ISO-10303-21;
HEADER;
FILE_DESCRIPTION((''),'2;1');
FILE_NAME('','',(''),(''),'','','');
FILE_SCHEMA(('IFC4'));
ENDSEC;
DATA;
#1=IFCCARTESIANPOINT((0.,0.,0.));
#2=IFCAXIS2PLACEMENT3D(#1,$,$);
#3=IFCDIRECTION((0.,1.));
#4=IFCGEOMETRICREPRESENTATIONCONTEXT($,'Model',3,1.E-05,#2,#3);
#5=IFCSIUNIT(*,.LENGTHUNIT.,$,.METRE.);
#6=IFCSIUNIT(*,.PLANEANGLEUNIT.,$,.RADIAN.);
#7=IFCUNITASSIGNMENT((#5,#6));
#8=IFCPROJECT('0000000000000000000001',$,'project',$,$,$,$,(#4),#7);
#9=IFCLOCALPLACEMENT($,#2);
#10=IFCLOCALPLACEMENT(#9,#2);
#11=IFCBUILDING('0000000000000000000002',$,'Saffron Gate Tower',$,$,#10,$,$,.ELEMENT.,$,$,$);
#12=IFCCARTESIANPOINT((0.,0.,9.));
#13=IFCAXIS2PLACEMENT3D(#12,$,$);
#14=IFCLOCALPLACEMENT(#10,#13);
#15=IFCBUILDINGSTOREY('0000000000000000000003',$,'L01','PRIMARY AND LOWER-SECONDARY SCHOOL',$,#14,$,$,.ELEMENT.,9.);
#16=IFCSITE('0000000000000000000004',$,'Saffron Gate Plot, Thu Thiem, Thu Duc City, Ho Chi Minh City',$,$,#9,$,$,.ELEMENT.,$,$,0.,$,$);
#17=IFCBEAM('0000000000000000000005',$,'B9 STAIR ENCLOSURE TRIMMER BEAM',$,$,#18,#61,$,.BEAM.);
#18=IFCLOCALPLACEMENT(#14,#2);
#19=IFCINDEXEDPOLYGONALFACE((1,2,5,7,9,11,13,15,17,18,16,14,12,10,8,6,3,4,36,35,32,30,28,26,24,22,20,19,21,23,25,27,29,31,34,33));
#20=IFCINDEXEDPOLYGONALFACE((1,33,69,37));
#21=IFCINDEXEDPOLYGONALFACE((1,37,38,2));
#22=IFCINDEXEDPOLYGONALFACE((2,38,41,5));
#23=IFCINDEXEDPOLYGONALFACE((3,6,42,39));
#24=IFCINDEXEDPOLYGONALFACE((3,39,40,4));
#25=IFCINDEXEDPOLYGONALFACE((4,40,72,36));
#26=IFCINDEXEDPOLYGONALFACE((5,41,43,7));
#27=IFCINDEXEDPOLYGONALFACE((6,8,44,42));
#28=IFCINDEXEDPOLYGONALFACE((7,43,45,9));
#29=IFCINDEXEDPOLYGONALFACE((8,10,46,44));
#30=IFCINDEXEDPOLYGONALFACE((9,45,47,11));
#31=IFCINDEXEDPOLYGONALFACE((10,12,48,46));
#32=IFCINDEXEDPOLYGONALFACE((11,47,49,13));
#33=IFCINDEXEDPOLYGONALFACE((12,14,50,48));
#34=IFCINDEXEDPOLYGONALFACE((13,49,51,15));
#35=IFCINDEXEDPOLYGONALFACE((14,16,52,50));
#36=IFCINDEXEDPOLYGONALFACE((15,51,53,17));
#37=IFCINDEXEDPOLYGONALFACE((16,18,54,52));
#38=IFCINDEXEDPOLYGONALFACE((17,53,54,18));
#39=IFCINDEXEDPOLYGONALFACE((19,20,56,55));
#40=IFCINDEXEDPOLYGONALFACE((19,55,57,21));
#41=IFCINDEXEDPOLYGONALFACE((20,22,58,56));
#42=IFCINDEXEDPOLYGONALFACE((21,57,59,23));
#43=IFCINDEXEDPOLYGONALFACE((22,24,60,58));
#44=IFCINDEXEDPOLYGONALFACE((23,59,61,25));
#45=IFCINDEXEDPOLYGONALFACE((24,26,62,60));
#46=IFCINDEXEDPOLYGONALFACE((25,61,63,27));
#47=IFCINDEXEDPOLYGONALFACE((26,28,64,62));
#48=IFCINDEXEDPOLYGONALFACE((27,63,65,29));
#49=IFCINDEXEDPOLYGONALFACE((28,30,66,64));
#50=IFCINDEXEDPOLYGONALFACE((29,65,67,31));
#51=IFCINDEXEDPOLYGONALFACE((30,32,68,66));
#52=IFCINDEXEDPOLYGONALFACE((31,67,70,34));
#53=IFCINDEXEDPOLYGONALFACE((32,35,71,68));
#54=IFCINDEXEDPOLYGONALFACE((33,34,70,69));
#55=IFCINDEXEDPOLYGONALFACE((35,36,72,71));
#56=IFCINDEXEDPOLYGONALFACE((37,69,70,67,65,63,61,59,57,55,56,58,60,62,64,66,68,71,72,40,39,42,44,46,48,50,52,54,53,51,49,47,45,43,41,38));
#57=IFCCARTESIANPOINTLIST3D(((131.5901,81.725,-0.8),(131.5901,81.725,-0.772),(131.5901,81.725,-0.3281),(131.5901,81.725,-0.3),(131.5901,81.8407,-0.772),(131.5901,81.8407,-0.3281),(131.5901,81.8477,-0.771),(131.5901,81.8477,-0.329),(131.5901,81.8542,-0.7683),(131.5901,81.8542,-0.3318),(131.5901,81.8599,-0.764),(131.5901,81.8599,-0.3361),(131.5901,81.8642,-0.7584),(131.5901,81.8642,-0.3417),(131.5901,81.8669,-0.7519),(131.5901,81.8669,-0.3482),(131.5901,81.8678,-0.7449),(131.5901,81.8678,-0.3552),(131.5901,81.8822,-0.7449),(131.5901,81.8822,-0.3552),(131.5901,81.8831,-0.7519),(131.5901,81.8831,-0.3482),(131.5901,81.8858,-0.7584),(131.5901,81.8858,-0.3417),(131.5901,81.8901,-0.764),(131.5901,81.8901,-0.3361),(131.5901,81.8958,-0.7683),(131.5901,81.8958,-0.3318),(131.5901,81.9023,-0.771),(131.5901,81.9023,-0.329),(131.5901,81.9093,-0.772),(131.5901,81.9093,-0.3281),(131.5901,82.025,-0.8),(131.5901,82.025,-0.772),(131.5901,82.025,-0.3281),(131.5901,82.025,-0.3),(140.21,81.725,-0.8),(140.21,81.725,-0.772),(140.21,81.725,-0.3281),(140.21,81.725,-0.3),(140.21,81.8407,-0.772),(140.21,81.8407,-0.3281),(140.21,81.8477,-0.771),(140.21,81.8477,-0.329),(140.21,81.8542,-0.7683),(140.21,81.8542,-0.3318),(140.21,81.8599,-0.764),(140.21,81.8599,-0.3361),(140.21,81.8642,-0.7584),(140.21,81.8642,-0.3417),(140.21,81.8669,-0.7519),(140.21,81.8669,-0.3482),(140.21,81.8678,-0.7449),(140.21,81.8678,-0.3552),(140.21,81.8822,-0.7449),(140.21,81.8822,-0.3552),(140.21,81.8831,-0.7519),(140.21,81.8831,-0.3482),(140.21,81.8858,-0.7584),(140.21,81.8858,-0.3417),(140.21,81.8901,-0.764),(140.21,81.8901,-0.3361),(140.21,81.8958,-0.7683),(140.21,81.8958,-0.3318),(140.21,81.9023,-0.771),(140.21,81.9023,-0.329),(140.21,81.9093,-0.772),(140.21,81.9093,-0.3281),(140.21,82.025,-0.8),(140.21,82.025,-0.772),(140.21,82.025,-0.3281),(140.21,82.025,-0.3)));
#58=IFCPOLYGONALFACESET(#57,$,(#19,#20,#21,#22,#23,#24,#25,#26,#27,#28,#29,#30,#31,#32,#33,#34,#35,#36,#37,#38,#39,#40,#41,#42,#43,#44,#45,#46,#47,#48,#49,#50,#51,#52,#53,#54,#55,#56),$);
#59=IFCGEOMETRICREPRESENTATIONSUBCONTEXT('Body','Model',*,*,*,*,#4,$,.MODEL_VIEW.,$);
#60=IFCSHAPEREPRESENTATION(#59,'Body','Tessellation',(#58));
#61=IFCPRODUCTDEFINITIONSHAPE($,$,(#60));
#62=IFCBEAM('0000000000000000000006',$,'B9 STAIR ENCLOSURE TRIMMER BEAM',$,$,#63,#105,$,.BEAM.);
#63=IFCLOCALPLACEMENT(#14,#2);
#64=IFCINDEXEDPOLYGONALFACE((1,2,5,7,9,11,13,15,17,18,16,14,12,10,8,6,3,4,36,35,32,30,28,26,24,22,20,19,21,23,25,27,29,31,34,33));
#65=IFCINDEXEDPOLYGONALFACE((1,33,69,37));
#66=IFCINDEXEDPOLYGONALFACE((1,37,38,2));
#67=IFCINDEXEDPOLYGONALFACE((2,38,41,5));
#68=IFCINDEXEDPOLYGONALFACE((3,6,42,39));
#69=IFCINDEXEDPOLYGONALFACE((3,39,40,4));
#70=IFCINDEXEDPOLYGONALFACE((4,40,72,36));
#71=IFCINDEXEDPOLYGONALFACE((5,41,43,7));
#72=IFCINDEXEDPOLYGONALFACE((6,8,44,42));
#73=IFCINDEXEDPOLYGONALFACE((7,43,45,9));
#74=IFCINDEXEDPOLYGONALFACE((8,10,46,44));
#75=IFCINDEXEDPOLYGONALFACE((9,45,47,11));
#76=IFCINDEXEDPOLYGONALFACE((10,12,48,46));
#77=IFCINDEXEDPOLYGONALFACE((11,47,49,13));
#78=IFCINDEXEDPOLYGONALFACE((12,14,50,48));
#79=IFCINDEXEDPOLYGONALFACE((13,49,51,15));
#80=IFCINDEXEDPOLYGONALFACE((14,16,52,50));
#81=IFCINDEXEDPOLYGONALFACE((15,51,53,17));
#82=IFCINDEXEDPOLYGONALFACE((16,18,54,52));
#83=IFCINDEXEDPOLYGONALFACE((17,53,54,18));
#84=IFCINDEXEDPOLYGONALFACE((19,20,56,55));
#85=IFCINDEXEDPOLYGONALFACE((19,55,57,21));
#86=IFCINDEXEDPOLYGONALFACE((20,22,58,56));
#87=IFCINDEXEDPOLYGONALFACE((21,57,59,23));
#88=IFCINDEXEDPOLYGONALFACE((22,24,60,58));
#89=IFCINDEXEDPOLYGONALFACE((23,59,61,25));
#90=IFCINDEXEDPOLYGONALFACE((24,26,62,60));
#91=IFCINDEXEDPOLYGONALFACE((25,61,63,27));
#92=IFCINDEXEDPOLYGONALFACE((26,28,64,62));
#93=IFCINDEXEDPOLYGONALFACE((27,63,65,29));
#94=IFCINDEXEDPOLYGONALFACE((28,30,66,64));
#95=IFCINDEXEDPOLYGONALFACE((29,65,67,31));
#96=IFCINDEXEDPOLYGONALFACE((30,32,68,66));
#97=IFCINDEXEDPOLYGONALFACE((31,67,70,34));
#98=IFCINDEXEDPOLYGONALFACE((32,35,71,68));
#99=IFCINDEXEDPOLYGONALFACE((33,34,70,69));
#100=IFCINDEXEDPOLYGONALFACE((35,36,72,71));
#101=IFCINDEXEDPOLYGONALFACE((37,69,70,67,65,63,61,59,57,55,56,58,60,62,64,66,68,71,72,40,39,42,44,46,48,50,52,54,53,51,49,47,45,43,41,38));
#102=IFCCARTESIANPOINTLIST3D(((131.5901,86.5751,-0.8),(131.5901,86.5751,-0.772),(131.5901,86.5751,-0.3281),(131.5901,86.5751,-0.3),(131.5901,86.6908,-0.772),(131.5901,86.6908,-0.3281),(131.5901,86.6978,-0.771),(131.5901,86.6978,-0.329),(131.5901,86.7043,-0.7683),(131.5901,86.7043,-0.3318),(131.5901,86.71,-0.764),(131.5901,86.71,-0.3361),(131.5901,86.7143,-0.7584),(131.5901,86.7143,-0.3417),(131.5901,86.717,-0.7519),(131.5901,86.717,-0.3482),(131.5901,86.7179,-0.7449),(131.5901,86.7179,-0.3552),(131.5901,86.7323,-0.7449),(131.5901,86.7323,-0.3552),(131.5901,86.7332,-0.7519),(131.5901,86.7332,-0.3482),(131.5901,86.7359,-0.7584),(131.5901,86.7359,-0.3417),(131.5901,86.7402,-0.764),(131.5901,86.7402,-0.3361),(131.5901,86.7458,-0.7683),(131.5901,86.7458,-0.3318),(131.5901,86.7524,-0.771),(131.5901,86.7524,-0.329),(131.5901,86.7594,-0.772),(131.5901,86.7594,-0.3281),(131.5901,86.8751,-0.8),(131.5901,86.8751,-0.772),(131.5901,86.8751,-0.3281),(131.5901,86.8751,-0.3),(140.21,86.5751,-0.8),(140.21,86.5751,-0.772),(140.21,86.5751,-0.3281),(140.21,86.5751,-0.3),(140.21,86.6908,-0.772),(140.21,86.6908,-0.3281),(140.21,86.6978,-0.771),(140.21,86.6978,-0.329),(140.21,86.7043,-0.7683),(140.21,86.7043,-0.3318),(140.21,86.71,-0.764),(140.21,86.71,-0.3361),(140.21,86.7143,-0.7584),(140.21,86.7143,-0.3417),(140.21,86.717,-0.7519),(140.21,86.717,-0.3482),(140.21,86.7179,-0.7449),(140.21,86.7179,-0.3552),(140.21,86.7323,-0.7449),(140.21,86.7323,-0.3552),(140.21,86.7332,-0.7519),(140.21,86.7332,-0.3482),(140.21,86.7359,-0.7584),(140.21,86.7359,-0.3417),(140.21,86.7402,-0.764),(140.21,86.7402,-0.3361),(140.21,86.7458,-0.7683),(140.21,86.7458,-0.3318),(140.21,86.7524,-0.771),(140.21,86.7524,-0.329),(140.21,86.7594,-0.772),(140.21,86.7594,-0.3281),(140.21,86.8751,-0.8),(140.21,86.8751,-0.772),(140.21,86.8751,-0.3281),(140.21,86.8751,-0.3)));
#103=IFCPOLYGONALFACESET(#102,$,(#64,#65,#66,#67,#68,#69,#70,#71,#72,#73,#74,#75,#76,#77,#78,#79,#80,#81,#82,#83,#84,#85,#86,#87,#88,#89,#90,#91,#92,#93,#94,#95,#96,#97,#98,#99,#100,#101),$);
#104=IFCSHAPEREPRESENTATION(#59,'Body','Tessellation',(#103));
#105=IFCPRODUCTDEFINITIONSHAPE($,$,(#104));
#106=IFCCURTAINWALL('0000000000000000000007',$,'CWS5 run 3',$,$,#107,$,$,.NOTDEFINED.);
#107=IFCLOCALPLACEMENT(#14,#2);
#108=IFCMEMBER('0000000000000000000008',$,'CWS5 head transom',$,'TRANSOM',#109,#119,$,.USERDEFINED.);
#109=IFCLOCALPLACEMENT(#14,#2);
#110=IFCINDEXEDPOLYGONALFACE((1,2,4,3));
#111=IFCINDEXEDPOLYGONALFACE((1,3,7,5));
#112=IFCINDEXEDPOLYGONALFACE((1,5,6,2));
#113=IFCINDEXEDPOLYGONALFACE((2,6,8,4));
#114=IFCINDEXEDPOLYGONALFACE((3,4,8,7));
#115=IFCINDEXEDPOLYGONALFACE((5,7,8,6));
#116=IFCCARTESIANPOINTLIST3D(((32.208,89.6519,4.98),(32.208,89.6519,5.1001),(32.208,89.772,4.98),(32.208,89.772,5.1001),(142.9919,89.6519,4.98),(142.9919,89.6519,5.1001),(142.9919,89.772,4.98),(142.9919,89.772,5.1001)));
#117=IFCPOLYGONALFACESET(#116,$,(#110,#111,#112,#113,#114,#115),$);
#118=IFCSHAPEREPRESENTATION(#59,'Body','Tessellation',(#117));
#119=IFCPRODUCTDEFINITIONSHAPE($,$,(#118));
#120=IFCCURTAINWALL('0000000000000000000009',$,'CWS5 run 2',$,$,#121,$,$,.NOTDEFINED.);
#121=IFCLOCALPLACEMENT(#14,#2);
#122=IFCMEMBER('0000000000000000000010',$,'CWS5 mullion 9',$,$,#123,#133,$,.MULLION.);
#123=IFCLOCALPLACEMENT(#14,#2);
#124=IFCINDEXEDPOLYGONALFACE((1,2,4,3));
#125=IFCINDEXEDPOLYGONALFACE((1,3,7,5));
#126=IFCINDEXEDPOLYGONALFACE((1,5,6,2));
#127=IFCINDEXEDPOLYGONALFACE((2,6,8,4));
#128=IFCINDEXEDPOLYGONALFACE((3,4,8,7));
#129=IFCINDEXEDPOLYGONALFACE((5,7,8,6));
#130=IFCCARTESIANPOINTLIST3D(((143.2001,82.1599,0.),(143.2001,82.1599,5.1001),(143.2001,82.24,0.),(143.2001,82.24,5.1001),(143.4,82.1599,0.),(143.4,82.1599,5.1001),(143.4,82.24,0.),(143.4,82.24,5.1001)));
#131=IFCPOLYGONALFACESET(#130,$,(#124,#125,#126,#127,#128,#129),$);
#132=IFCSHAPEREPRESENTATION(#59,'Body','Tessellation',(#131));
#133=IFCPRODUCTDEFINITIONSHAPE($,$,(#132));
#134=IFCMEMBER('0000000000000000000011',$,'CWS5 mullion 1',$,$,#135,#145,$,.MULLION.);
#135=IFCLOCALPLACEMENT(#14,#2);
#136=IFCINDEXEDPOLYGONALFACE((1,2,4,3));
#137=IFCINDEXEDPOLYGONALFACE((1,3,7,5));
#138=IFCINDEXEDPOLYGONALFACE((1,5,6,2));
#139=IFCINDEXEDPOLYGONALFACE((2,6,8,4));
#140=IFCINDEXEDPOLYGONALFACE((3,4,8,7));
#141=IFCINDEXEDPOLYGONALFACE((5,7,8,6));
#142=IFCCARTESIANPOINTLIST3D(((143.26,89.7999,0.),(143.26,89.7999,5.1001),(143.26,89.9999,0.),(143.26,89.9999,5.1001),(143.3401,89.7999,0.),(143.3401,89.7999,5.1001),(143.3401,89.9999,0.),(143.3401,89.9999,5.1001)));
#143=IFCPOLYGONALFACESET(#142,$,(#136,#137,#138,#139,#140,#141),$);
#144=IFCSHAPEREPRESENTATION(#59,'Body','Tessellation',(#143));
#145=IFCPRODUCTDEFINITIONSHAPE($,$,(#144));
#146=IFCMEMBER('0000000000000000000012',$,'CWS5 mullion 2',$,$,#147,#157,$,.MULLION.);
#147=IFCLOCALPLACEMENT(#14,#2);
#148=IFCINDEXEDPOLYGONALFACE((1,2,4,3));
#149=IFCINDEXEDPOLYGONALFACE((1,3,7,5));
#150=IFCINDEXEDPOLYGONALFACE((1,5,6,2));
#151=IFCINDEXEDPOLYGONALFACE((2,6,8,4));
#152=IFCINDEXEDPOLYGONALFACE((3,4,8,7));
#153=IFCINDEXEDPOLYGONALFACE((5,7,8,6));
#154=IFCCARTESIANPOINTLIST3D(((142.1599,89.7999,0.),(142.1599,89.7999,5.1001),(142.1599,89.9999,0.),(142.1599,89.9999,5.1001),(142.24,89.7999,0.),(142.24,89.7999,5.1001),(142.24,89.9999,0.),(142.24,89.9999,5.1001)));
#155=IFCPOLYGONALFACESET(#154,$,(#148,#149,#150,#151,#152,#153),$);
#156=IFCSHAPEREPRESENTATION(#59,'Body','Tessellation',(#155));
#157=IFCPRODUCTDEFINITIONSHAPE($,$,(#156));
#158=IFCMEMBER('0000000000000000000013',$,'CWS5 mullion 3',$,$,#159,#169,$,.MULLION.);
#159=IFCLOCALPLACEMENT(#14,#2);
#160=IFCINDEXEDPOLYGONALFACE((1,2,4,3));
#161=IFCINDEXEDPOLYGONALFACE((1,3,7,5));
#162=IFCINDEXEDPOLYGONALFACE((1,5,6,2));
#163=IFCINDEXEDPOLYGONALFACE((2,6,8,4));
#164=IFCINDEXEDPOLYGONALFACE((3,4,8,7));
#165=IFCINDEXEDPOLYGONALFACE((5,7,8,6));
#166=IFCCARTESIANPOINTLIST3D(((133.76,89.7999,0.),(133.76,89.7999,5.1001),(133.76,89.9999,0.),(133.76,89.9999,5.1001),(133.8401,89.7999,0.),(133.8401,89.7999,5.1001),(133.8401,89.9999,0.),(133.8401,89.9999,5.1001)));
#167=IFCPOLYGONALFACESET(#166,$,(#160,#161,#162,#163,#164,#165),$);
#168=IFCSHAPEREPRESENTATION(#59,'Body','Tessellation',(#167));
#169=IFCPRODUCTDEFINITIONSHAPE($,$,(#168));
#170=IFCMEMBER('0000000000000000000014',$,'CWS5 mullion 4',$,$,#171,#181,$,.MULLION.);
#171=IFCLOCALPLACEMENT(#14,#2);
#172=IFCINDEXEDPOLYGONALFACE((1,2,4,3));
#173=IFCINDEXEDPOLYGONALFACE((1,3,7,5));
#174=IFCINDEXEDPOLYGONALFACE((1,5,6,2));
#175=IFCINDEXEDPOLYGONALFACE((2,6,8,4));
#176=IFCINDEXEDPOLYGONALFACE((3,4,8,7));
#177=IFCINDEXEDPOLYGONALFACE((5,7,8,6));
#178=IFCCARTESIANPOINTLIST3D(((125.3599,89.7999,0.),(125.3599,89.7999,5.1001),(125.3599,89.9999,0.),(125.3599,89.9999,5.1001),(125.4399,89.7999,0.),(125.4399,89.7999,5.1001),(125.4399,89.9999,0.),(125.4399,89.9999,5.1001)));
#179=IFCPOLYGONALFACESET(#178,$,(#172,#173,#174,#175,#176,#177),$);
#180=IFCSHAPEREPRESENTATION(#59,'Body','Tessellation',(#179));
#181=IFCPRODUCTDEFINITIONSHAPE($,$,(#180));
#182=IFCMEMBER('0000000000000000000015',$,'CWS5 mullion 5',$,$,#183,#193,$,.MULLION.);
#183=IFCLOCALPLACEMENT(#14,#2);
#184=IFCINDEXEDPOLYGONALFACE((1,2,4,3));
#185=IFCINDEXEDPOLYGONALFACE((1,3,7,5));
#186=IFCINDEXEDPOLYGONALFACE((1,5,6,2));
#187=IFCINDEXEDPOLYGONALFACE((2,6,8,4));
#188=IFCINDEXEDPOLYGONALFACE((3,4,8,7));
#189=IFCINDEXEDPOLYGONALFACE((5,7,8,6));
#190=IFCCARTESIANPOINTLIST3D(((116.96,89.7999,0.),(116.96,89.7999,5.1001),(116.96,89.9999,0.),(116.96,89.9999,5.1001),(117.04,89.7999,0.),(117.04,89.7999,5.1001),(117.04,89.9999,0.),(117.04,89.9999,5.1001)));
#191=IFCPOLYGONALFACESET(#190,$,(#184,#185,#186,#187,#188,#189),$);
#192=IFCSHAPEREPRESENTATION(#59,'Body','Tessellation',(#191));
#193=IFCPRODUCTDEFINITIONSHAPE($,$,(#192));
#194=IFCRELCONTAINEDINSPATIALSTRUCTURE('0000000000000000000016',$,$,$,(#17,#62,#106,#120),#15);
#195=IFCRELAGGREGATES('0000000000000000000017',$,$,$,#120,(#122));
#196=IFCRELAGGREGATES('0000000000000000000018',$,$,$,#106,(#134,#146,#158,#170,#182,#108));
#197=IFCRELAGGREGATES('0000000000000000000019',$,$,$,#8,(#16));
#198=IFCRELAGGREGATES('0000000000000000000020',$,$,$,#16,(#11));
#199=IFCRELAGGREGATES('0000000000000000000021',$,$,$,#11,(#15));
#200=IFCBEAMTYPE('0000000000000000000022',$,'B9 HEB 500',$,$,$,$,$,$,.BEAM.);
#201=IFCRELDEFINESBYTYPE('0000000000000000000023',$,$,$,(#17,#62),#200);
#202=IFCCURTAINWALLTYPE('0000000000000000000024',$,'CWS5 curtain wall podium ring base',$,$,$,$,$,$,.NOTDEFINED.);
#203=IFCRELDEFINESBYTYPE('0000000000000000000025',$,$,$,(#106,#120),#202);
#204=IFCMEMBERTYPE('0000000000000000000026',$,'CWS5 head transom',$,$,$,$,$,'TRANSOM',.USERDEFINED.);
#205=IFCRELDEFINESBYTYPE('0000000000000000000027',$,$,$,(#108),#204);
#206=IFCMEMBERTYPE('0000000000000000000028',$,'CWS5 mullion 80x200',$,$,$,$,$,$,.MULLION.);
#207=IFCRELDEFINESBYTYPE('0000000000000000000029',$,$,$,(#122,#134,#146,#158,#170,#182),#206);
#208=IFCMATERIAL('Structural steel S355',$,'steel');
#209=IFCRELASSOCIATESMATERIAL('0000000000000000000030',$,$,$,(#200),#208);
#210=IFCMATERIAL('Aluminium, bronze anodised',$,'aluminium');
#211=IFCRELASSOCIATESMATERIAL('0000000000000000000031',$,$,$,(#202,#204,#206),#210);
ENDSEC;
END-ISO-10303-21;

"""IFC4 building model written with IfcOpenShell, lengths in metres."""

from ifc_helpers import new_model, si_unit, direction, frame, origin, origin_2d, place, context, subcontext, project, spatial, rectangle, i_section, extrude, material, material_profile, profile_set, type_object, element, aggregate, save


model = new_model("IFC4")

# Units and contexts
model_context = context("Model", 3, precision=1e-05, world=origin(), true_north=direction((0.0, 1.0)))
body_context = subcontext(model_context, "Body", "Model", "MODEL_VIEW")
ifc_project = project(units=[si_unit("LENGTHUNIT", "METRE"), si_unit("PLANEANGLEUNIT", "RADIAN")], contexts=[model_context])

# Site, building, storey
site_placement = place(None, origin())
site = spatial("IfcSite", under=ifc_project, at=site_placement, Name="Saffron Gate Plot, Thu Thiem, Thu Duc City, Ho Chi Minh City", CompositionType="ELEMENT", RefElevation=0.0)
building_placement = place(site_placement, origin())
building = spatial("IfcBuilding", under=site, at=building_placement, Name="Saffron Gate Tower", CompositionType="ELEMENT")
storey_placement = place(building_placement, frame((0.0, 0.0, 9.0)))
storey = spatial("IfcBuildingStorey", under=building, at=storey_placement, Name="L01", Description="PRIMARY AND LOWER-SECONDARY SCHOOL", CompositionType="ELEMENT", Elevation=9.0)

# Beams
ifc_material_1 = material(Name="Structural steel S355", Category="steel")
ifc_material_profile_1 = material_profile(ifc_material_1, i_section(OverallWidth=0.3, OverallDepth=0.5, WebThickness=0.0144, FlangeThickness=0.0281, FilletRadius=0.0271, at=origin_2d()))
ifc_profile_set_1 = profile_set([ifc_material_profile_1], Name="Structural steel S355")
beam_type_1 = type_object("IfcBeamType", Name="B9 HEB 500", PredefinedType="BEAM", material=ifc_profile_set_1)
for number, where, z_axis, x_axis, name in (
    (1, (131.5901, 81.875, -0.55), (1.0, 0.0, 0.0), (0.0, 1.0, 0.0), "B9 STAIR ENCLOSURE TRIMMER BEAM"),
    (2, (131.5901, 86.7251, -0.55), (1.0, 0.0, 0.0), (0.0, 1.0, 0.0), "B9 STAIR ENCLOSURE TRIMMER BEAM"),
):
    element("IfcBeam", number, at=place(storey_placement, frame(where, z_axis=z_axis, x_axis=x_axis)), inside=storey, type_object=beam_type_1, Name=name, PredefinedType="BEAM", context=body_context, shape_type="SweptSolid", body=[
        extrude(i_section(OverallWidth=0.3, OverallDepth=0.5, WebThickness=0.0144, FlangeThickness=0.0281, FilletRadius=0.0271, at=origin_2d()), origin(), (0.0, 0.0, 1.0), 8.6199),
    ])

# Curtain walls, members
ifc_material_2 = material(Name="Aluminium, bronze anodised", Category="aluminium")
curtain_wall_type = type_object("IfcCurtainWallType", Name="CWS5 curtain wall podium ring base", PredefinedType="NOTDEFINED", material=ifc_material_2)
curtain_wall_1_placement = place(storey_placement, origin())
curtain_wall_1 = element("IfcCurtainWall", 3, at=curtain_wall_1_placement, inside=storey, type_object=curtain_wall_type, Name="CWS5 run 3", PredefinedType="NOTDEFINED")
ifc_material_profile_2 = material_profile(ifc_material_2, rectangle(XDim=0.1201, YDim=0.1201, at=origin_2d()))
ifc_profile_set_2 = profile_set([ifc_material_profile_2], Name="Aluminium, bronze anodised")
member_type_1 = type_object("IfcMemberType", Name="CWS5 head transom", ElementType="TRANSOM", PredefinedType="USERDEFINED", material=ifc_profile_set_2)
member_1_placement = place(storey_placement, frame((142.9919, 89.7119, 5.04), z_axis=(-1.0, 0.0, 0.0), x_axis=(0.0, -1.0, 0.0)))
member_1 = element("IfcMember", 4, at=member_1_placement, type_object=member_type_1, Name="CWS5 head transom", ObjectType="TRANSOM", PredefinedType="USERDEFINED", context=body_context, shape_type="SweptSolid", body=[
    extrude(rectangle(XDim=0.1201, YDim=0.1201, at=origin_2d()), origin(), (0.0, 0.0, 1.0), 110.7839),
])
curtain_wall_2_placement = place(storey_placement, origin())
curtain_wall_2 = element("IfcCurtainWall", 5, at=curtain_wall_2_placement, inside=storey, type_object=curtain_wall_type, Name="CWS5 run 2", PredefinedType="NOTDEFINED")
ifc_material_profile_3 = material_profile(ifc_material_2, rectangle(XDim=0.2, YDim=0.0801, at=origin_2d()))
ifc_profile_set_3 = profile_set([ifc_material_profile_3], Name="Aluminium, bronze anodised")
member_type_2 = type_object("IfcMemberType", Name="CWS5 mullion 80x200", PredefinedType="MULLION", material=ifc_profile_set_3)
member_2_placement = place(storey_placement, frame((143.3, 82.2, 0.0), z_axis=(0.0, 0.0, 1.0), x_axis=(-1.0, 0.0, 0.0)))
member_2 = element("IfcMember", 6, at=member_2_placement, type_object=member_type_2, Name="CWS5 mullion 9", PredefinedType="MULLION", context=body_context, shape_type="SweptSolid", body=[
    extrude(rectangle(XDim=0.2, YDim=0.0801, at=origin_2d()), origin(), (0.0, 0.0, 1.0), 5.1001),
])
aggregate(curtain_wall_2, [member_2])

# Members
member_3_placement = place(storey_placement, frame((143.3, 89.8999, 0.0), z_axis=(0.0, 0.0, 1.0), x_axis=(0.0, -1.0, 0.0)))
member_3 = element("IfcMember", 7, at=member_3_placement, type_object=member_type_2, Name="CWS5 mullion 1", PredefinedType="MULLION", context=body_context, shape_type="SweptSolid", body=[
    extrude(rectangle(XDim=0.2, YDim=0.0801, at=origin_2d()), origin(), (0.0, 0.0, 1.0), 5.1001),
])
member_4_placement = place(storey_placement, frame((142.2, 89.8999, 0.0), z_axis=(0.0, 0.0, 1.0), x_axis=(0.0, -1.0, 0.0)))
member_4 = element("IfcMember", 8, at=member_4_placement, type_object=member_type_2, Name="CWS5 mullion 2", PredefinedType="MULLION", context=body_context, shape_type="SweptSolid", body=[
    extrude(rectangle(XDim=0.2, YDim=0.0801, at=origin_2d()), origin(), (0.0, 0.0, 1.0), 5.1001),
])
member_5_placement = place(storey_placement, frame((133.8, 89.8999, 0.0), z_axis=(0.0, 0.0, 1.0), x_axis=(0.0, -1.0, 0.0)))
member_5 = element("IfcMember", 9, at=member_5_placement, type_object=member_type_2, Name="CWS5 mullion 3", PredefinedType="MULLION", context=body_context, shape_type="SweptSolid", body=[
    extrude(rectangle(XDim=0.2, YDim=0.0801, at=origin_2d()), origin(), (0.0, 0.0, 1.0), 5.1001),
])
member_6_placement = place(storey_placement, frame((125.3999, 89.8999, 0.0), z_axis=(0.0, 0.0, 1.0), x_axis=(0.0, -1.0, 0.0)))
member_6 = element("IfcMember", 10, at=member_6_placement, type_object=member_type_2, Name="CWS5 mullion 4", PredefinedType="MULLION", context=body_context, shape_type="SweptSolid", body=[
    extrude(rectangle(XDim=0.2, YDim=0.0801, at=origin_2d()), origin(), (0.0, 0.0, 1.0), 5.1001),
])
member_7_placement = place(storey_placement, frame((117.0, 89.8999, 0.0), z_axis=(0.0, 0.0, 1.0), x_axis=(0.0, -1.0, 0.0)))
member_7 = element("IfcMember", 11, at=member_7_placement, type_object=member_type_2, Name="CWS5 mullion 5", PredefinedType="MULLION", context=body_context, shape_type="SweptSolid", body=[
    extrude(rectangle(XDim=0.2, YDim=0.0801, at=origin_2d()), origin(), (0.0, 0.0, 1.0), 5.1001),
])
aggregate(curtain_wall_1, [member_3, member_4, member_5, member_6, member_7, member_1])

save(model, "model.ifc")
